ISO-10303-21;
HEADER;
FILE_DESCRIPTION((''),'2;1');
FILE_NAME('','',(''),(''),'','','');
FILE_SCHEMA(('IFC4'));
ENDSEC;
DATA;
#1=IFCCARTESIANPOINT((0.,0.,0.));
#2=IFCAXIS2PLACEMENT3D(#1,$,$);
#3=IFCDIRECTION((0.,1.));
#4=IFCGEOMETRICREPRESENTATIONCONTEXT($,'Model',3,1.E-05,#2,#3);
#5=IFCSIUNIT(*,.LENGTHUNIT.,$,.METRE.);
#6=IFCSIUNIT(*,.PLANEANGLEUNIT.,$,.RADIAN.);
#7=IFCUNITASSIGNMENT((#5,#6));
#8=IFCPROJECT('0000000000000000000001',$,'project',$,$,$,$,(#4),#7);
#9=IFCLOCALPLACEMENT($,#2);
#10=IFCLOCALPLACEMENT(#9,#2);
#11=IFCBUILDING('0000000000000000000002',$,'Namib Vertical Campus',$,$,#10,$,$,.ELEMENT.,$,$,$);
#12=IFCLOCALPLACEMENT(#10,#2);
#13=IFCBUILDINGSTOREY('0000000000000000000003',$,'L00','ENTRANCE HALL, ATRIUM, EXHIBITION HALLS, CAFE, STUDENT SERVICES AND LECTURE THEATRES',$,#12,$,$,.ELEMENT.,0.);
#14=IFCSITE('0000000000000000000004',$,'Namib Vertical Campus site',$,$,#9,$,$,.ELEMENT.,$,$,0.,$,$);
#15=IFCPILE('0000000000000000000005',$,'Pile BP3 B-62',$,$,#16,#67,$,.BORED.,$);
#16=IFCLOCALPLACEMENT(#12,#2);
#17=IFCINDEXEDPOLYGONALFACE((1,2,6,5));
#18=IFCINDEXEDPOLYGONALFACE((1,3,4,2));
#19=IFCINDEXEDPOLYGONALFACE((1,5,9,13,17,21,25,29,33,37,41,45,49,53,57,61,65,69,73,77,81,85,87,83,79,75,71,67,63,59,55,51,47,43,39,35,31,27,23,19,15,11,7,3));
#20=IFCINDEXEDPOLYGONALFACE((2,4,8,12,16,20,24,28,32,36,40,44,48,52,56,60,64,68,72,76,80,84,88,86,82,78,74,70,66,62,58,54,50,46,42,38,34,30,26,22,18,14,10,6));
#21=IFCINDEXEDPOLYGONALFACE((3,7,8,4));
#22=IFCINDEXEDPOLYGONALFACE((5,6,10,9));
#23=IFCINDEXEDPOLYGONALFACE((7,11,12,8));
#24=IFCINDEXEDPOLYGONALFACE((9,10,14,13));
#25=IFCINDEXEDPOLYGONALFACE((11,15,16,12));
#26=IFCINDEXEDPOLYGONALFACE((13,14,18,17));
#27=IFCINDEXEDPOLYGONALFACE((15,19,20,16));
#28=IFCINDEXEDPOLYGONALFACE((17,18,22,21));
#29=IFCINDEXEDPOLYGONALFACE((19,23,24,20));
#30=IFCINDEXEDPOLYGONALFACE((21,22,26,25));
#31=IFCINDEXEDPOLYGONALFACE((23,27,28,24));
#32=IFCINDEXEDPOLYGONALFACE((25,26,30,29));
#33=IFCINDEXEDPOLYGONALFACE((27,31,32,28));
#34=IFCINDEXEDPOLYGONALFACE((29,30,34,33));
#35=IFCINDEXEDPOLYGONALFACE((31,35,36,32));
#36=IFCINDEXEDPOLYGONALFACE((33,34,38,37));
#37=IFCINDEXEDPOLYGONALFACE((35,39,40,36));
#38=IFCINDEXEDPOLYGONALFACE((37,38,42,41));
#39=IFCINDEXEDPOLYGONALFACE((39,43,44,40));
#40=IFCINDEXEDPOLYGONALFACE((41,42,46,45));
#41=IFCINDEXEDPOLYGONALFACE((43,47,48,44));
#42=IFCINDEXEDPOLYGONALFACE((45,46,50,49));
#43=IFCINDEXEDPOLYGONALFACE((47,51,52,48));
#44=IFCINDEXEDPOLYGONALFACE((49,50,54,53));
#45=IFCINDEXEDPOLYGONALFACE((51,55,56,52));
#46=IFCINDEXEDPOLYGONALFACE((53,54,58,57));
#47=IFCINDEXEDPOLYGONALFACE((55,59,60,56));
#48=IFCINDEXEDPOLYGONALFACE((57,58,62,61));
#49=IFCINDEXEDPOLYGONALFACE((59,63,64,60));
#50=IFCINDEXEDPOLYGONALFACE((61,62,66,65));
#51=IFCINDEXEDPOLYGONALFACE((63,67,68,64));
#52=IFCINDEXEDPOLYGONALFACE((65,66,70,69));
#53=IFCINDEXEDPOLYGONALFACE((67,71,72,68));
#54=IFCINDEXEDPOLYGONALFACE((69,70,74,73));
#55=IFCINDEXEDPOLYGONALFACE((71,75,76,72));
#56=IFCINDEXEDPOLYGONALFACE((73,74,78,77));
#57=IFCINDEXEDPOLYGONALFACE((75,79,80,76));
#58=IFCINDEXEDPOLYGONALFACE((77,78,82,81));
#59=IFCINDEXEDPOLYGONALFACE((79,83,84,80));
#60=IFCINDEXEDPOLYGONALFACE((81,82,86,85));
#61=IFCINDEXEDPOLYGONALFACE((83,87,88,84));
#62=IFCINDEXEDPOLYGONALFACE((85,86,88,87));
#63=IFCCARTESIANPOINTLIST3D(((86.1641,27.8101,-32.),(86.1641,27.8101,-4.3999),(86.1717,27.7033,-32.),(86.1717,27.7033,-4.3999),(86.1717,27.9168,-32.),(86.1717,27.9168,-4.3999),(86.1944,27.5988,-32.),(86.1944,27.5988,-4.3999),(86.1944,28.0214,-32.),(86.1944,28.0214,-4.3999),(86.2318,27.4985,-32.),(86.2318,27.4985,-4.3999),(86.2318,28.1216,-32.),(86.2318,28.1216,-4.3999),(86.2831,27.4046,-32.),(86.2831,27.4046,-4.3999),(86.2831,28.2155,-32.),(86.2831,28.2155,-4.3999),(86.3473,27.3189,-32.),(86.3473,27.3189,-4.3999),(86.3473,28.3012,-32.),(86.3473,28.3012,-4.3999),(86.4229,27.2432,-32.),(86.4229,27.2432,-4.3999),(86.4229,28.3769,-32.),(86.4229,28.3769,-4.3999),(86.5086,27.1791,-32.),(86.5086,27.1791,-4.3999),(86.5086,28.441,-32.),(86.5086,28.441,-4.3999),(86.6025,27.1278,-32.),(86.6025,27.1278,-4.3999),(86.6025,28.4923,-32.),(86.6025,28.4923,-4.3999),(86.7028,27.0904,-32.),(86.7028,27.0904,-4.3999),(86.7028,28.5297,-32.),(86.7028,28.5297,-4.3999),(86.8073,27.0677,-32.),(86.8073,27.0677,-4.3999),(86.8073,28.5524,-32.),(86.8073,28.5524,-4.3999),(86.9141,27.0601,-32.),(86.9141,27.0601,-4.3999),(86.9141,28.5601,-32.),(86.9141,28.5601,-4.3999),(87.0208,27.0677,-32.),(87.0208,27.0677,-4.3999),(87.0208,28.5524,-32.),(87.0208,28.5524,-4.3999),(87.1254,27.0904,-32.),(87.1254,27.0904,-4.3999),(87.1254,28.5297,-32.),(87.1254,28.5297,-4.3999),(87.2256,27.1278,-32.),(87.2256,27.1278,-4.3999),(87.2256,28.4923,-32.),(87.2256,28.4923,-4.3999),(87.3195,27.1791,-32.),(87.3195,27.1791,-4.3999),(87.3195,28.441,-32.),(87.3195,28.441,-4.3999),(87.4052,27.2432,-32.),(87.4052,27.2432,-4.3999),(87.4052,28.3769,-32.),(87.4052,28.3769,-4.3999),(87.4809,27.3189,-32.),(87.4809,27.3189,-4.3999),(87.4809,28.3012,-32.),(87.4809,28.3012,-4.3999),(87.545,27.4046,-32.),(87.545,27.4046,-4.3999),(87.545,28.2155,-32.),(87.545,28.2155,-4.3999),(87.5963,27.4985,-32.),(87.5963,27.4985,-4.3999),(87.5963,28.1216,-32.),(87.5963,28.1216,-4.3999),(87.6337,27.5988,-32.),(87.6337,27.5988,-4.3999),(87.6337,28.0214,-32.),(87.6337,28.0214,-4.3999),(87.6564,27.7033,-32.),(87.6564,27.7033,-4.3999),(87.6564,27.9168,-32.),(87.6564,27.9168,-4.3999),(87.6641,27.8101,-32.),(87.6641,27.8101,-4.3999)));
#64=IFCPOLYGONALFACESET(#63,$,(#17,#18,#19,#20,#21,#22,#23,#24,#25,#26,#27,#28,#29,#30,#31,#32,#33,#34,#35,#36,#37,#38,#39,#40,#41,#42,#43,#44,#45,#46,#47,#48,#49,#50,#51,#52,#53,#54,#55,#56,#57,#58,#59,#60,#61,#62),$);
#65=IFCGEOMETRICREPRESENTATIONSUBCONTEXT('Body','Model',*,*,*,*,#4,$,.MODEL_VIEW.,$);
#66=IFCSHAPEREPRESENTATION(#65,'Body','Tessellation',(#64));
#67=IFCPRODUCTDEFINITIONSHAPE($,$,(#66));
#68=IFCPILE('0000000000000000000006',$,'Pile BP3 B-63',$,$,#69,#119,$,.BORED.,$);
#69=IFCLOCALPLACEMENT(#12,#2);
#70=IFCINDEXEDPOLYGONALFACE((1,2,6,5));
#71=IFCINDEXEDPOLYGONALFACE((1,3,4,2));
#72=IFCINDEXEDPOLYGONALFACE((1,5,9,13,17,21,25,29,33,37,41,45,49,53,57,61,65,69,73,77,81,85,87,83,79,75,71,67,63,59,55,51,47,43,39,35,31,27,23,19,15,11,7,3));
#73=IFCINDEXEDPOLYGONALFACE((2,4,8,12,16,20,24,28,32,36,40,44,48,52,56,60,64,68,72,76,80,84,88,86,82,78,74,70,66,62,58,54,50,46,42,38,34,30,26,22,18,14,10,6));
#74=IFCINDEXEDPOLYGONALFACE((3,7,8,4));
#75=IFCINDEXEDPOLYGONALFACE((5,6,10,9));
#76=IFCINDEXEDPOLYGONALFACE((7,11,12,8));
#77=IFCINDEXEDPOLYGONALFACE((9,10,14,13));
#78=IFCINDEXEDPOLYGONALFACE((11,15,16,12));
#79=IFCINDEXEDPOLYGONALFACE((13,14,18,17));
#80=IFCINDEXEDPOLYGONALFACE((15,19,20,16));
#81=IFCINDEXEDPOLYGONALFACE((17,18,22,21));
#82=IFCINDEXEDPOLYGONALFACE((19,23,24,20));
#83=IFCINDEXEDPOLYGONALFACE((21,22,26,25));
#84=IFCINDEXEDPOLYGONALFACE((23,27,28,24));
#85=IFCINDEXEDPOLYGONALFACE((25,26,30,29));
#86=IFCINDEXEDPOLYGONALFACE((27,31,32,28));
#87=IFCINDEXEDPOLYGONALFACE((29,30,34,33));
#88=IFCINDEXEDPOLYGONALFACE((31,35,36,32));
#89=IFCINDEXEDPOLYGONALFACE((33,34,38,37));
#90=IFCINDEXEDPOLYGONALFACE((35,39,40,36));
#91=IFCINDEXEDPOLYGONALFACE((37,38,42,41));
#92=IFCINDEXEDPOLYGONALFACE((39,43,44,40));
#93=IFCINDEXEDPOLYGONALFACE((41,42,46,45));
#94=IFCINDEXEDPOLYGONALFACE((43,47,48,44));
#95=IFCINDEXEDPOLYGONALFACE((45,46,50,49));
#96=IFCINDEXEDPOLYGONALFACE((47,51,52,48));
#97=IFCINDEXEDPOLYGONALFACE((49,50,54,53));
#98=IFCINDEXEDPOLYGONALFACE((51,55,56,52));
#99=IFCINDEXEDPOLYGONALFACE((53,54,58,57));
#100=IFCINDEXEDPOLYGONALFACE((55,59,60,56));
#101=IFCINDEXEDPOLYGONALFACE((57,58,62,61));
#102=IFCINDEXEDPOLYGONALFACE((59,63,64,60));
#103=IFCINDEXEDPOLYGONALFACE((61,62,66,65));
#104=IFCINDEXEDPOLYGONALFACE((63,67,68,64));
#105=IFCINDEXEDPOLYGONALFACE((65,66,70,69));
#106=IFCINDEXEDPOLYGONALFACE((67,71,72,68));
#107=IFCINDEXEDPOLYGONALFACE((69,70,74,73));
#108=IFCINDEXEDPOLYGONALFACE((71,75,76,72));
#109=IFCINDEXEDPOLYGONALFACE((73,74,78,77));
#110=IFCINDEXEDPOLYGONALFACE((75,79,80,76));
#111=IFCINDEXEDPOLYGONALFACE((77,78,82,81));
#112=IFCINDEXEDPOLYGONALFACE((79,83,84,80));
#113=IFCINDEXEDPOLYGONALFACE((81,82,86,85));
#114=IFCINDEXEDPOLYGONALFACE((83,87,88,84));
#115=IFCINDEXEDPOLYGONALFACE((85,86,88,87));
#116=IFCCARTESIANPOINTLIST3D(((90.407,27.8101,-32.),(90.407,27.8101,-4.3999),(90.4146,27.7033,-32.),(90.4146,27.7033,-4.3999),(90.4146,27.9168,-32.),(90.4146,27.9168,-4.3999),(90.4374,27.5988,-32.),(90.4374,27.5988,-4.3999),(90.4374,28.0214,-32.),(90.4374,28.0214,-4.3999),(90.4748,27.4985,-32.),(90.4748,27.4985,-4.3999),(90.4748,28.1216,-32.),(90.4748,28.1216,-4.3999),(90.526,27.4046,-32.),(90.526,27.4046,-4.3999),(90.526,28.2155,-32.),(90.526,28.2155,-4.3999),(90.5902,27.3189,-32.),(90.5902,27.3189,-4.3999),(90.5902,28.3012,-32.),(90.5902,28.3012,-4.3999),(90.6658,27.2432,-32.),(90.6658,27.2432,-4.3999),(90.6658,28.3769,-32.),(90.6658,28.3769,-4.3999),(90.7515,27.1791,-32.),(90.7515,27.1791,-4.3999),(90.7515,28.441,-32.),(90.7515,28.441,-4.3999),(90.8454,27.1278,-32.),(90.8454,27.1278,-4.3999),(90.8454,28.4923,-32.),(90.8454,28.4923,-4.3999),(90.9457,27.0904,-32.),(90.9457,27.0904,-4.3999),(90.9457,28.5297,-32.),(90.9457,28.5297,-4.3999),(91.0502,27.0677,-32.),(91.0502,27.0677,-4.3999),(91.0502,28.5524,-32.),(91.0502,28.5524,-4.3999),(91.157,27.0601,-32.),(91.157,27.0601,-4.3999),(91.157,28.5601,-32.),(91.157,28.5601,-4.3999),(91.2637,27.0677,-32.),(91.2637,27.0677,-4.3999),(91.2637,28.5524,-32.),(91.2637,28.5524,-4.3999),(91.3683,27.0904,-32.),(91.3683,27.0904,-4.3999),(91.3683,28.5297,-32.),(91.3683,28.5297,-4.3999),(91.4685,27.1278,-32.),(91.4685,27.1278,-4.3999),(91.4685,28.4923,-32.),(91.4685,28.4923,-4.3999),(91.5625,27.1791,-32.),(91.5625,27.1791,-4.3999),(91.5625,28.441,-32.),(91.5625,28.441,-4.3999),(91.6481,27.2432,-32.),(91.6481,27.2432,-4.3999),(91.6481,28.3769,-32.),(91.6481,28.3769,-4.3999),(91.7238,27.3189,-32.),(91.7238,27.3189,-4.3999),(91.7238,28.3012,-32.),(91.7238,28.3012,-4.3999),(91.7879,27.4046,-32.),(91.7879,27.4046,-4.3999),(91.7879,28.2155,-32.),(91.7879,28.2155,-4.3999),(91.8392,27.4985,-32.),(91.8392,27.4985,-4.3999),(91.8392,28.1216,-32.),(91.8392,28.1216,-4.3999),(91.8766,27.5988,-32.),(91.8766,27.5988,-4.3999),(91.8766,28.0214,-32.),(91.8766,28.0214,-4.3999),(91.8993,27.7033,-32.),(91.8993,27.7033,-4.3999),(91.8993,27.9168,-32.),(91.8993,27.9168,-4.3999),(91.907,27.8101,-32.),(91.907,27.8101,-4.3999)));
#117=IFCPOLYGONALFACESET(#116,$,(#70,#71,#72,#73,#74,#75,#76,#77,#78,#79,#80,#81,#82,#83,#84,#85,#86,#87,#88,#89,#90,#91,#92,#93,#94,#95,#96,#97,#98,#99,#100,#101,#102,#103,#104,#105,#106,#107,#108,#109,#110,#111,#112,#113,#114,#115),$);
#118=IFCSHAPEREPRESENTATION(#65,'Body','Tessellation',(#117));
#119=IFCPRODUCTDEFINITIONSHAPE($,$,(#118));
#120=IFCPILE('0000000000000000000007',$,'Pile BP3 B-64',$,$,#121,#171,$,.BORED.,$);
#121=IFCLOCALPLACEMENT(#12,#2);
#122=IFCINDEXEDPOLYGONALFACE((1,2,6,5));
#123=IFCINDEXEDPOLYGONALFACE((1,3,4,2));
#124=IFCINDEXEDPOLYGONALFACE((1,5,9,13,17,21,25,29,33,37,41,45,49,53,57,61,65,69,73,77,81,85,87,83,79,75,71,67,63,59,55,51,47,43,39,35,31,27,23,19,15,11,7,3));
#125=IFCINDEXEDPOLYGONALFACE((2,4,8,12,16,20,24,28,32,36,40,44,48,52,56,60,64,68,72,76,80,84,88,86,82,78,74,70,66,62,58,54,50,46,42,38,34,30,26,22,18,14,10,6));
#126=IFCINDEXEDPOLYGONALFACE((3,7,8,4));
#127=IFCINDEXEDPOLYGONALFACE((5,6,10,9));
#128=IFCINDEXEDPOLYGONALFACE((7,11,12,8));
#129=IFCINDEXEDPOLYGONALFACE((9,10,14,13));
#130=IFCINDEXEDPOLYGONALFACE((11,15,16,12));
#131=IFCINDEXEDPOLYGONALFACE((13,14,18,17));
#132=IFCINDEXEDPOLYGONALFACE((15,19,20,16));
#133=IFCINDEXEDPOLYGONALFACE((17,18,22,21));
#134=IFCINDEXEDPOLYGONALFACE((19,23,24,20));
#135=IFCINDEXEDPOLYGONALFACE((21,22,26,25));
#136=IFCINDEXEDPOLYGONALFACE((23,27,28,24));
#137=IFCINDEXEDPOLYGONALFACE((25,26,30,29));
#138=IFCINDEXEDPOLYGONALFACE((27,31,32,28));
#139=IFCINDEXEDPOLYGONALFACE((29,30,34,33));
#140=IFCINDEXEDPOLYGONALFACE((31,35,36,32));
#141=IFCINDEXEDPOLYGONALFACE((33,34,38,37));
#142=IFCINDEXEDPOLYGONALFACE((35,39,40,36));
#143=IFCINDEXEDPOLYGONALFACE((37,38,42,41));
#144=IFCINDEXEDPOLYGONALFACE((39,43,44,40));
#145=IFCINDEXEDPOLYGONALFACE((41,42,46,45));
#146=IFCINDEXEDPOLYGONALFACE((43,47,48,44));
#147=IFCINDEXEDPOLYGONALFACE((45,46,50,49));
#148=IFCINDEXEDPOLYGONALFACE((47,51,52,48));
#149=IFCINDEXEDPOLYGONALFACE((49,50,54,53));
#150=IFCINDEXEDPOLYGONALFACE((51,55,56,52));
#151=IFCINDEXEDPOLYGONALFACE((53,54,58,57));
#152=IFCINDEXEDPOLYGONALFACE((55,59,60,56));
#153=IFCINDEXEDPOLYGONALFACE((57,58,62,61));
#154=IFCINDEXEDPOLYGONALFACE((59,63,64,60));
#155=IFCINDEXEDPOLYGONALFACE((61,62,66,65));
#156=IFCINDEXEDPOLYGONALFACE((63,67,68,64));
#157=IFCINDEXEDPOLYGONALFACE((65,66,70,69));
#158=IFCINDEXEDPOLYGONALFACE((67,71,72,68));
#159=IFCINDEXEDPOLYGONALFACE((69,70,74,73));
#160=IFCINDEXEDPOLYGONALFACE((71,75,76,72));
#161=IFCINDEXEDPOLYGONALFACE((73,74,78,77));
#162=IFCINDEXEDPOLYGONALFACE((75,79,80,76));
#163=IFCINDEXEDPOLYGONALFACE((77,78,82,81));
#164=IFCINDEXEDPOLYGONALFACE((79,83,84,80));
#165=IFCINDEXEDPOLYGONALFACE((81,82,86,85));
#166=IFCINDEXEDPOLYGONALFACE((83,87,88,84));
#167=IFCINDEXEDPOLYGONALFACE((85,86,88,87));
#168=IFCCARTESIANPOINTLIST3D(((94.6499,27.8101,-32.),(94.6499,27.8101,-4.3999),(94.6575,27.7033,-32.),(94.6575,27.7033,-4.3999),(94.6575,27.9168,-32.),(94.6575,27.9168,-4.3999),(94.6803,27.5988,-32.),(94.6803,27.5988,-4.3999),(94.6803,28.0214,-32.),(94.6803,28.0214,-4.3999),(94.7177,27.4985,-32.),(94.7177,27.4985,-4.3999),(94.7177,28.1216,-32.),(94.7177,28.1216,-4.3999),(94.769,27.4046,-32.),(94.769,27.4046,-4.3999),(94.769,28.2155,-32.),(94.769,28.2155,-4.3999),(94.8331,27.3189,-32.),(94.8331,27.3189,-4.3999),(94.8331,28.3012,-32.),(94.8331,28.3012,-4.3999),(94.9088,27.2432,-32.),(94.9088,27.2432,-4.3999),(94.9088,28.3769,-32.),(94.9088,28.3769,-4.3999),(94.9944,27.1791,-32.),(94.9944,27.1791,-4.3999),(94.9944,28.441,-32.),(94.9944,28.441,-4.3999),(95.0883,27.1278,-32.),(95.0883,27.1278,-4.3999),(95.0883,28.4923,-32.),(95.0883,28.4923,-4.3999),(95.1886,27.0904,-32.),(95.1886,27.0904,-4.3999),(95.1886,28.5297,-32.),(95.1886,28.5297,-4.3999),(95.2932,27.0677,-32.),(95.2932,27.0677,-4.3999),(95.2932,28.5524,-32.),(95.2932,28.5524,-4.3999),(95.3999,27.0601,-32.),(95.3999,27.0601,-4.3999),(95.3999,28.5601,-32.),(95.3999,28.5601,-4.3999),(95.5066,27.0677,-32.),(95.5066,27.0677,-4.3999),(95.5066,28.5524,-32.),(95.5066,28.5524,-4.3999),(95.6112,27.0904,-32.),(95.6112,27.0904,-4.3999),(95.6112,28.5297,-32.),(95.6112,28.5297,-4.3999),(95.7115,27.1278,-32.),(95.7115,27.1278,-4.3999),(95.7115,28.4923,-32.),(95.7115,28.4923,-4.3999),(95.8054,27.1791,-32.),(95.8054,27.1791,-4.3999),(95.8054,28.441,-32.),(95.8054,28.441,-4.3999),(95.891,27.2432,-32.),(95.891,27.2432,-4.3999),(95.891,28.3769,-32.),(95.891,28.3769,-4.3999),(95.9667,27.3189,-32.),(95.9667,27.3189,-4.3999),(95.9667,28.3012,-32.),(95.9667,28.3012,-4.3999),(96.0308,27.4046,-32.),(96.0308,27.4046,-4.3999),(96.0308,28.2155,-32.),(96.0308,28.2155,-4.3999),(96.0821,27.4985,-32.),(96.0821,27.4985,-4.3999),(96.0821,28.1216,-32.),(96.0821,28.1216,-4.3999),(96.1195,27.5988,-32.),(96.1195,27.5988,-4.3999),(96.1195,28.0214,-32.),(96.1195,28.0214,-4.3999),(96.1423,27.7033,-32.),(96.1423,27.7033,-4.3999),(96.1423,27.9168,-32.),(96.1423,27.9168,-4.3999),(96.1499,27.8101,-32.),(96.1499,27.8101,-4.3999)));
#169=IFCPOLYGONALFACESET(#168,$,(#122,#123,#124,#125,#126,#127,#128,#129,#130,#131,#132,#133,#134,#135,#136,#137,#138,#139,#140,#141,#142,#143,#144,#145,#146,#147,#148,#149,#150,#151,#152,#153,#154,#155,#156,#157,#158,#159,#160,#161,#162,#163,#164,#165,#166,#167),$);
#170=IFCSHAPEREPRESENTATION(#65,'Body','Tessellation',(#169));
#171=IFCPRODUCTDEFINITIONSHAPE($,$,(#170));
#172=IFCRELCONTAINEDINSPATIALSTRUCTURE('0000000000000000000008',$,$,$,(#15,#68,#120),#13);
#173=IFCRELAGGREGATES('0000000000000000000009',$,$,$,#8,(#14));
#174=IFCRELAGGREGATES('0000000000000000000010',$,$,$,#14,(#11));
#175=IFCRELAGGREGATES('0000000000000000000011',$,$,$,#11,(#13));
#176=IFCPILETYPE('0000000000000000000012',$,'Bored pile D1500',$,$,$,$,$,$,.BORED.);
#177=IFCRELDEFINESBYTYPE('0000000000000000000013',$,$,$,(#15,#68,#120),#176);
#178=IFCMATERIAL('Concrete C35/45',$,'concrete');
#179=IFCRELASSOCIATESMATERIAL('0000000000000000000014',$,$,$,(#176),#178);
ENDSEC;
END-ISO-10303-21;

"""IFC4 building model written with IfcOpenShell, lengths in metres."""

from ifc_helpers import new_model, si_unit, direction, frame, origin, origin_2d, place, context, subcontext, project, spatial, circle, extrude, material, material_profile, profile_set, type_object, element, save


model = new_model("IFC4")

# Units and contexts
model_context = context("Model", 3, precision=1e-05, world=origin(), true_north=direction((0.0, 1.0)))
body_context = subcontext(model_context, "Body", "Model", "MODEL_VIEW")
ifc_project = project(units=[si_unit("LENGTHUNIT", "METRE"), si_unit("PLANEANGLEUNIT", "RADIAN")], contexts=[model_context])

# Site, building, storey
site_placement = place(None, origin())
site = spatial("IfcSite", under=ifc_project, at=site_placement, Name="Namib Vertical Campus site", CompositionType="ELEMENT", RefElevation=0.0)
building_placement = place(site_placement, origin())
building = spatial("IfcBuilding", under=site, at=building_placement, Name="Namib Vertical Campus", CompositionType="ELEMENT")
storey_placement = place(building_placement, origin())
storey = spatial("IfcBuildingStorey", under=building, at=storey_placement, Name="L00", Description="ENTRANCE HALL, ATRIUM, EXHIBITION HALLS, CAFE, STUDENT SERVICES AND LECTURE THEATRES", CompositionType="ELEMENT", Elevation=0.0)

# Piles
ifc_material_1 = material(Name="Concrete C35/45", Category="concrete")
ifc_material_profile_1 = material_profile(ifc_material_1, circle(Radius=0.75, at=origin_2d()))
ifc_profile_set_1 = profile_set([ifc_material_profile_1], Name="Concrete C35/45")
pile_type = type_object("IfcPileType", Name="Bored pile D1500", PredefinedType="BORED", material=ifc_profile_set_1)
for number, where, z_axis, x_axis, name in (
    (1, (86.9141, 27.8101, -4.3999), (0.0, 0.0, -1.0), (1.0, 0.0, 0.0), "Pile BP3 B-62"),
    (2, (91.157, 27.8101, -4.3999), (0.0, 0.0, -1.0), (1.0, 0.0, 0.0), "Pile BP3 B-63"),
    (3, (95.3999, 27.8101, -4.3999), (0.0, 0.0, -1.0), (1.0, 0.0, 0.0), "Pile BP3 B-64"),
):
    element("IfcPile", number, at=place(storey_placement, frame(where, z_axis=z_axis, x_axis=x_axis)), inside=storey, type_object=pile_type, Name=name, PredefinedType="BORED", context=body_context, shape_type="SweptSolid", body=[
        extrude(circle(Radius=0.75, at=origin_2d()), origin(), (0.0, 0.0, 1.0), 27.6001),
    ])

save(model, "model.ifc")
